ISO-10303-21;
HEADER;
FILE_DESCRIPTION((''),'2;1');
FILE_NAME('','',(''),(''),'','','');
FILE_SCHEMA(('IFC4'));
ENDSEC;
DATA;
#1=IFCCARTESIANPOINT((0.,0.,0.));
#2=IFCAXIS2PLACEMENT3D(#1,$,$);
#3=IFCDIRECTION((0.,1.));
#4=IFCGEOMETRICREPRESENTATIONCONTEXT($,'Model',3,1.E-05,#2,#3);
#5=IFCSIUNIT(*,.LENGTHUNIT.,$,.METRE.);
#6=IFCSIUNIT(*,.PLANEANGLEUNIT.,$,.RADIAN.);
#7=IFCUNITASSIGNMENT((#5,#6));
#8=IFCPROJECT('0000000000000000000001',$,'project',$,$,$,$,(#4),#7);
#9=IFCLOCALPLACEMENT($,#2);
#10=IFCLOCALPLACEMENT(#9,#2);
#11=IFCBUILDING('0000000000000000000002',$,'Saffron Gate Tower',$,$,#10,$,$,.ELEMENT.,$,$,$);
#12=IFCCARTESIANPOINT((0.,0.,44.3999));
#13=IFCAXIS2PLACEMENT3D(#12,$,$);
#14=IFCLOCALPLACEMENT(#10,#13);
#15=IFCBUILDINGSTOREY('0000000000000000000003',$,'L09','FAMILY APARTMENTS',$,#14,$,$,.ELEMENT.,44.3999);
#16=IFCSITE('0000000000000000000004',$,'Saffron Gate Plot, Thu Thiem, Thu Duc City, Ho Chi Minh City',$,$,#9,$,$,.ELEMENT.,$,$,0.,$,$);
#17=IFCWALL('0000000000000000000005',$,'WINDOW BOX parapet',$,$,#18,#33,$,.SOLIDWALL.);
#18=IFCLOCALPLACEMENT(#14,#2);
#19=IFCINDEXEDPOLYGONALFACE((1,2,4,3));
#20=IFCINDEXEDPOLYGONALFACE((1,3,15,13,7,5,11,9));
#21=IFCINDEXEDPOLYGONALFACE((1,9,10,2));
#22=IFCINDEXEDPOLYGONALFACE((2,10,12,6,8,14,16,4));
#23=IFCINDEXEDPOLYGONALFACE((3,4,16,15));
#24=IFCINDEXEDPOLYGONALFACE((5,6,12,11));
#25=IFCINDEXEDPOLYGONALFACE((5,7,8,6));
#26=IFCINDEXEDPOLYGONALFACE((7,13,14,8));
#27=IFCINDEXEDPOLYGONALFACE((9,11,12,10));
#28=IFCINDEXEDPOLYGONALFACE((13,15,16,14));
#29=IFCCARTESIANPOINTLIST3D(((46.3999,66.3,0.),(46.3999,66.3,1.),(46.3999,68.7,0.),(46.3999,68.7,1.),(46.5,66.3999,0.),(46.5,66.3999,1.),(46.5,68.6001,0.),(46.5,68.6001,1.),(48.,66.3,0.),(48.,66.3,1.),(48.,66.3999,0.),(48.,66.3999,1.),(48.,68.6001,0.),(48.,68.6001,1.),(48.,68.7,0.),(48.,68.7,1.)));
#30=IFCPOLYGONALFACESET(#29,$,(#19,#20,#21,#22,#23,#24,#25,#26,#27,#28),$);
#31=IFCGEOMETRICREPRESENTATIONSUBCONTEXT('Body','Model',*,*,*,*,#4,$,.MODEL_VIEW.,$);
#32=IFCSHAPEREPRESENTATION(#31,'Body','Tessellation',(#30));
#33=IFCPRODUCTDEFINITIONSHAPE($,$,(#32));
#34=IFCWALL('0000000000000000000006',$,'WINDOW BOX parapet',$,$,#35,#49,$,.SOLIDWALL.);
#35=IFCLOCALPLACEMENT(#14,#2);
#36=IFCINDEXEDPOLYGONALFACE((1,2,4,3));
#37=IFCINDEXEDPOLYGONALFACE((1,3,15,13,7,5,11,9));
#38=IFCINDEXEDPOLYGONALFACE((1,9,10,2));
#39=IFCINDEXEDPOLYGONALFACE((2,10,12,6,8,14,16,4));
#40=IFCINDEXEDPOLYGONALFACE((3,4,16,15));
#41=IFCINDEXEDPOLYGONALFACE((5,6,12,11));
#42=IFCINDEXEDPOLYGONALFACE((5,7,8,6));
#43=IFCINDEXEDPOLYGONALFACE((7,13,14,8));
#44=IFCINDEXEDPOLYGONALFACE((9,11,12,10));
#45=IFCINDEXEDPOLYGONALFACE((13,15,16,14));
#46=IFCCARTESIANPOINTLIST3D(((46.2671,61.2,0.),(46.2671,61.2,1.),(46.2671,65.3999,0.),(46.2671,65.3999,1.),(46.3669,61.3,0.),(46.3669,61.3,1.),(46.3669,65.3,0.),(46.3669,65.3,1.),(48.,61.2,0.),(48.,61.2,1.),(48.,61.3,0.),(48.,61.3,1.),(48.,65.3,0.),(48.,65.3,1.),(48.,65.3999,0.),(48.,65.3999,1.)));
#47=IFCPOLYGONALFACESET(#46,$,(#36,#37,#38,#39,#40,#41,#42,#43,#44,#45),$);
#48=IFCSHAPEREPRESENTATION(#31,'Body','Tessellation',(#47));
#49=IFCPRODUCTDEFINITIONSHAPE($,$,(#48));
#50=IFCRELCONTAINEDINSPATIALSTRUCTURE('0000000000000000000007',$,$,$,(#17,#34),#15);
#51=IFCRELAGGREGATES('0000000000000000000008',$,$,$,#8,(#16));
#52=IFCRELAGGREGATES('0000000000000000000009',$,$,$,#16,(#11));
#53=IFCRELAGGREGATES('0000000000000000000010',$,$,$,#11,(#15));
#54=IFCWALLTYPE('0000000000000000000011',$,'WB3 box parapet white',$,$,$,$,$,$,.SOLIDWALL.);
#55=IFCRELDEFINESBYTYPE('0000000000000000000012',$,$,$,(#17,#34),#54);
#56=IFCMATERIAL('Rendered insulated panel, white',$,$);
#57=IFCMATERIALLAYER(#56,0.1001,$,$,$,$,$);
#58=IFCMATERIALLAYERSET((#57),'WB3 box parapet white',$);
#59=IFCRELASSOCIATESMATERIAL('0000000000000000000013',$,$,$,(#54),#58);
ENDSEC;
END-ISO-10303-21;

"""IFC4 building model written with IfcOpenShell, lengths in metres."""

from ifc_helpers import new_model, si_unit, direction, frame, origin, place, context, subcontext, project, spatial, polyline, outline, extrude, material, layer, layer_set, type_object, element, save


model = new_model("IFC4")

# Units and contexts
model_context = context("Model", 3, precision=1e-05, world=origin(), true_north=direction((0.0, 1.0)))
body_context = subcontext(model_context, "Body", "Model", "MODEL_VIEW")
ifc_project = project(units=[si_unit("LENGTHUNIT", "METRE"), si_unit("PLANEANGLEUNIT", "RADIAN")], contexts=[model_context])

# Site, building, storey
site_placement = place(None, origin())
site = spatial("IfcSite", under=ifc_project, at=site_placement, Name="Saffron Gate Plot, Thu Thiem, Thu Duc City, Ho Chi Minh City", CompositionType="ELEMENT", RefElevation=0.0)
building_placement = place(site_placement, origin())
building = spatial("IfcBuilding", under=site, at=building_placement, Name="Saffron Gate Tower", CompositionType="ELEMENT")
storey_placement = place(building_placement, frame((0.0, 0.0, 44.3999)))
storey = spatial("IfcBuildingStorey", under=building, at=storey_placement, Name="L09", Description="FAMILY APARTMENTS", CompositionType="ELEMENT", Elevation=44.3999)

# Walls
ifc_material_1 = material(Name="Rendered insulated panel, white")
ifc_layer_1 = layer(ifc_material_1, 0.1001)
ifc_layer_set_1 = layer_set([ifc_layer_1], Name="WB3 box parapet white")
wall_type = type_object("IfcWallType", Name="WB3 box parapet white", PredefinedType="SOLIDWALL", material=ifc_layer_set_1)
wall_1_placement = place(storey_placement, origin())
element("IfcWall", 1, at=wall_1_placement, inside=storey, type_object=wall_type, Name="WINDOW BOX parapet", PredefinedType="SOLIDWALL", context=body_context, shape_type="SweptSolid", body=[
    extrude(outline(polyline([(48.0, 68.7), (48.0, 68.6001), (46.5, 68.6001), (46.5, 66.3999), (48.0, 66.3999), (48.0, 66.3), (46.3999, 66.3), (46.3999, 68.7), (48.0, 68.7)])), origin(), (0.0, 0.0, 1.0), 1.0),
])
wall_2_placement = place(storey_placement, origin())
element("IfcWall", 2, at=wall_2_placement, inside=storey, type_object=wall_type, Name="WINDOW BOX parapet", PredefinedType="SOLIDWALL", context=body_context, shape_type="SweptSolid", body=[
    extrude(outline(polyline([(48.0, 65.3999), (48.0, 65.3), (46.3669, 65.3), (46.3669, 61.3), (48.0, 61.3), (48.0, 61.2), (46.2671, 61.2), (46.2671, 65.3999), (48.0, 65.3999)])), origin(), (0.0, 0.0, 1.0), 1.0),
])

save(model, "model.ifc")
